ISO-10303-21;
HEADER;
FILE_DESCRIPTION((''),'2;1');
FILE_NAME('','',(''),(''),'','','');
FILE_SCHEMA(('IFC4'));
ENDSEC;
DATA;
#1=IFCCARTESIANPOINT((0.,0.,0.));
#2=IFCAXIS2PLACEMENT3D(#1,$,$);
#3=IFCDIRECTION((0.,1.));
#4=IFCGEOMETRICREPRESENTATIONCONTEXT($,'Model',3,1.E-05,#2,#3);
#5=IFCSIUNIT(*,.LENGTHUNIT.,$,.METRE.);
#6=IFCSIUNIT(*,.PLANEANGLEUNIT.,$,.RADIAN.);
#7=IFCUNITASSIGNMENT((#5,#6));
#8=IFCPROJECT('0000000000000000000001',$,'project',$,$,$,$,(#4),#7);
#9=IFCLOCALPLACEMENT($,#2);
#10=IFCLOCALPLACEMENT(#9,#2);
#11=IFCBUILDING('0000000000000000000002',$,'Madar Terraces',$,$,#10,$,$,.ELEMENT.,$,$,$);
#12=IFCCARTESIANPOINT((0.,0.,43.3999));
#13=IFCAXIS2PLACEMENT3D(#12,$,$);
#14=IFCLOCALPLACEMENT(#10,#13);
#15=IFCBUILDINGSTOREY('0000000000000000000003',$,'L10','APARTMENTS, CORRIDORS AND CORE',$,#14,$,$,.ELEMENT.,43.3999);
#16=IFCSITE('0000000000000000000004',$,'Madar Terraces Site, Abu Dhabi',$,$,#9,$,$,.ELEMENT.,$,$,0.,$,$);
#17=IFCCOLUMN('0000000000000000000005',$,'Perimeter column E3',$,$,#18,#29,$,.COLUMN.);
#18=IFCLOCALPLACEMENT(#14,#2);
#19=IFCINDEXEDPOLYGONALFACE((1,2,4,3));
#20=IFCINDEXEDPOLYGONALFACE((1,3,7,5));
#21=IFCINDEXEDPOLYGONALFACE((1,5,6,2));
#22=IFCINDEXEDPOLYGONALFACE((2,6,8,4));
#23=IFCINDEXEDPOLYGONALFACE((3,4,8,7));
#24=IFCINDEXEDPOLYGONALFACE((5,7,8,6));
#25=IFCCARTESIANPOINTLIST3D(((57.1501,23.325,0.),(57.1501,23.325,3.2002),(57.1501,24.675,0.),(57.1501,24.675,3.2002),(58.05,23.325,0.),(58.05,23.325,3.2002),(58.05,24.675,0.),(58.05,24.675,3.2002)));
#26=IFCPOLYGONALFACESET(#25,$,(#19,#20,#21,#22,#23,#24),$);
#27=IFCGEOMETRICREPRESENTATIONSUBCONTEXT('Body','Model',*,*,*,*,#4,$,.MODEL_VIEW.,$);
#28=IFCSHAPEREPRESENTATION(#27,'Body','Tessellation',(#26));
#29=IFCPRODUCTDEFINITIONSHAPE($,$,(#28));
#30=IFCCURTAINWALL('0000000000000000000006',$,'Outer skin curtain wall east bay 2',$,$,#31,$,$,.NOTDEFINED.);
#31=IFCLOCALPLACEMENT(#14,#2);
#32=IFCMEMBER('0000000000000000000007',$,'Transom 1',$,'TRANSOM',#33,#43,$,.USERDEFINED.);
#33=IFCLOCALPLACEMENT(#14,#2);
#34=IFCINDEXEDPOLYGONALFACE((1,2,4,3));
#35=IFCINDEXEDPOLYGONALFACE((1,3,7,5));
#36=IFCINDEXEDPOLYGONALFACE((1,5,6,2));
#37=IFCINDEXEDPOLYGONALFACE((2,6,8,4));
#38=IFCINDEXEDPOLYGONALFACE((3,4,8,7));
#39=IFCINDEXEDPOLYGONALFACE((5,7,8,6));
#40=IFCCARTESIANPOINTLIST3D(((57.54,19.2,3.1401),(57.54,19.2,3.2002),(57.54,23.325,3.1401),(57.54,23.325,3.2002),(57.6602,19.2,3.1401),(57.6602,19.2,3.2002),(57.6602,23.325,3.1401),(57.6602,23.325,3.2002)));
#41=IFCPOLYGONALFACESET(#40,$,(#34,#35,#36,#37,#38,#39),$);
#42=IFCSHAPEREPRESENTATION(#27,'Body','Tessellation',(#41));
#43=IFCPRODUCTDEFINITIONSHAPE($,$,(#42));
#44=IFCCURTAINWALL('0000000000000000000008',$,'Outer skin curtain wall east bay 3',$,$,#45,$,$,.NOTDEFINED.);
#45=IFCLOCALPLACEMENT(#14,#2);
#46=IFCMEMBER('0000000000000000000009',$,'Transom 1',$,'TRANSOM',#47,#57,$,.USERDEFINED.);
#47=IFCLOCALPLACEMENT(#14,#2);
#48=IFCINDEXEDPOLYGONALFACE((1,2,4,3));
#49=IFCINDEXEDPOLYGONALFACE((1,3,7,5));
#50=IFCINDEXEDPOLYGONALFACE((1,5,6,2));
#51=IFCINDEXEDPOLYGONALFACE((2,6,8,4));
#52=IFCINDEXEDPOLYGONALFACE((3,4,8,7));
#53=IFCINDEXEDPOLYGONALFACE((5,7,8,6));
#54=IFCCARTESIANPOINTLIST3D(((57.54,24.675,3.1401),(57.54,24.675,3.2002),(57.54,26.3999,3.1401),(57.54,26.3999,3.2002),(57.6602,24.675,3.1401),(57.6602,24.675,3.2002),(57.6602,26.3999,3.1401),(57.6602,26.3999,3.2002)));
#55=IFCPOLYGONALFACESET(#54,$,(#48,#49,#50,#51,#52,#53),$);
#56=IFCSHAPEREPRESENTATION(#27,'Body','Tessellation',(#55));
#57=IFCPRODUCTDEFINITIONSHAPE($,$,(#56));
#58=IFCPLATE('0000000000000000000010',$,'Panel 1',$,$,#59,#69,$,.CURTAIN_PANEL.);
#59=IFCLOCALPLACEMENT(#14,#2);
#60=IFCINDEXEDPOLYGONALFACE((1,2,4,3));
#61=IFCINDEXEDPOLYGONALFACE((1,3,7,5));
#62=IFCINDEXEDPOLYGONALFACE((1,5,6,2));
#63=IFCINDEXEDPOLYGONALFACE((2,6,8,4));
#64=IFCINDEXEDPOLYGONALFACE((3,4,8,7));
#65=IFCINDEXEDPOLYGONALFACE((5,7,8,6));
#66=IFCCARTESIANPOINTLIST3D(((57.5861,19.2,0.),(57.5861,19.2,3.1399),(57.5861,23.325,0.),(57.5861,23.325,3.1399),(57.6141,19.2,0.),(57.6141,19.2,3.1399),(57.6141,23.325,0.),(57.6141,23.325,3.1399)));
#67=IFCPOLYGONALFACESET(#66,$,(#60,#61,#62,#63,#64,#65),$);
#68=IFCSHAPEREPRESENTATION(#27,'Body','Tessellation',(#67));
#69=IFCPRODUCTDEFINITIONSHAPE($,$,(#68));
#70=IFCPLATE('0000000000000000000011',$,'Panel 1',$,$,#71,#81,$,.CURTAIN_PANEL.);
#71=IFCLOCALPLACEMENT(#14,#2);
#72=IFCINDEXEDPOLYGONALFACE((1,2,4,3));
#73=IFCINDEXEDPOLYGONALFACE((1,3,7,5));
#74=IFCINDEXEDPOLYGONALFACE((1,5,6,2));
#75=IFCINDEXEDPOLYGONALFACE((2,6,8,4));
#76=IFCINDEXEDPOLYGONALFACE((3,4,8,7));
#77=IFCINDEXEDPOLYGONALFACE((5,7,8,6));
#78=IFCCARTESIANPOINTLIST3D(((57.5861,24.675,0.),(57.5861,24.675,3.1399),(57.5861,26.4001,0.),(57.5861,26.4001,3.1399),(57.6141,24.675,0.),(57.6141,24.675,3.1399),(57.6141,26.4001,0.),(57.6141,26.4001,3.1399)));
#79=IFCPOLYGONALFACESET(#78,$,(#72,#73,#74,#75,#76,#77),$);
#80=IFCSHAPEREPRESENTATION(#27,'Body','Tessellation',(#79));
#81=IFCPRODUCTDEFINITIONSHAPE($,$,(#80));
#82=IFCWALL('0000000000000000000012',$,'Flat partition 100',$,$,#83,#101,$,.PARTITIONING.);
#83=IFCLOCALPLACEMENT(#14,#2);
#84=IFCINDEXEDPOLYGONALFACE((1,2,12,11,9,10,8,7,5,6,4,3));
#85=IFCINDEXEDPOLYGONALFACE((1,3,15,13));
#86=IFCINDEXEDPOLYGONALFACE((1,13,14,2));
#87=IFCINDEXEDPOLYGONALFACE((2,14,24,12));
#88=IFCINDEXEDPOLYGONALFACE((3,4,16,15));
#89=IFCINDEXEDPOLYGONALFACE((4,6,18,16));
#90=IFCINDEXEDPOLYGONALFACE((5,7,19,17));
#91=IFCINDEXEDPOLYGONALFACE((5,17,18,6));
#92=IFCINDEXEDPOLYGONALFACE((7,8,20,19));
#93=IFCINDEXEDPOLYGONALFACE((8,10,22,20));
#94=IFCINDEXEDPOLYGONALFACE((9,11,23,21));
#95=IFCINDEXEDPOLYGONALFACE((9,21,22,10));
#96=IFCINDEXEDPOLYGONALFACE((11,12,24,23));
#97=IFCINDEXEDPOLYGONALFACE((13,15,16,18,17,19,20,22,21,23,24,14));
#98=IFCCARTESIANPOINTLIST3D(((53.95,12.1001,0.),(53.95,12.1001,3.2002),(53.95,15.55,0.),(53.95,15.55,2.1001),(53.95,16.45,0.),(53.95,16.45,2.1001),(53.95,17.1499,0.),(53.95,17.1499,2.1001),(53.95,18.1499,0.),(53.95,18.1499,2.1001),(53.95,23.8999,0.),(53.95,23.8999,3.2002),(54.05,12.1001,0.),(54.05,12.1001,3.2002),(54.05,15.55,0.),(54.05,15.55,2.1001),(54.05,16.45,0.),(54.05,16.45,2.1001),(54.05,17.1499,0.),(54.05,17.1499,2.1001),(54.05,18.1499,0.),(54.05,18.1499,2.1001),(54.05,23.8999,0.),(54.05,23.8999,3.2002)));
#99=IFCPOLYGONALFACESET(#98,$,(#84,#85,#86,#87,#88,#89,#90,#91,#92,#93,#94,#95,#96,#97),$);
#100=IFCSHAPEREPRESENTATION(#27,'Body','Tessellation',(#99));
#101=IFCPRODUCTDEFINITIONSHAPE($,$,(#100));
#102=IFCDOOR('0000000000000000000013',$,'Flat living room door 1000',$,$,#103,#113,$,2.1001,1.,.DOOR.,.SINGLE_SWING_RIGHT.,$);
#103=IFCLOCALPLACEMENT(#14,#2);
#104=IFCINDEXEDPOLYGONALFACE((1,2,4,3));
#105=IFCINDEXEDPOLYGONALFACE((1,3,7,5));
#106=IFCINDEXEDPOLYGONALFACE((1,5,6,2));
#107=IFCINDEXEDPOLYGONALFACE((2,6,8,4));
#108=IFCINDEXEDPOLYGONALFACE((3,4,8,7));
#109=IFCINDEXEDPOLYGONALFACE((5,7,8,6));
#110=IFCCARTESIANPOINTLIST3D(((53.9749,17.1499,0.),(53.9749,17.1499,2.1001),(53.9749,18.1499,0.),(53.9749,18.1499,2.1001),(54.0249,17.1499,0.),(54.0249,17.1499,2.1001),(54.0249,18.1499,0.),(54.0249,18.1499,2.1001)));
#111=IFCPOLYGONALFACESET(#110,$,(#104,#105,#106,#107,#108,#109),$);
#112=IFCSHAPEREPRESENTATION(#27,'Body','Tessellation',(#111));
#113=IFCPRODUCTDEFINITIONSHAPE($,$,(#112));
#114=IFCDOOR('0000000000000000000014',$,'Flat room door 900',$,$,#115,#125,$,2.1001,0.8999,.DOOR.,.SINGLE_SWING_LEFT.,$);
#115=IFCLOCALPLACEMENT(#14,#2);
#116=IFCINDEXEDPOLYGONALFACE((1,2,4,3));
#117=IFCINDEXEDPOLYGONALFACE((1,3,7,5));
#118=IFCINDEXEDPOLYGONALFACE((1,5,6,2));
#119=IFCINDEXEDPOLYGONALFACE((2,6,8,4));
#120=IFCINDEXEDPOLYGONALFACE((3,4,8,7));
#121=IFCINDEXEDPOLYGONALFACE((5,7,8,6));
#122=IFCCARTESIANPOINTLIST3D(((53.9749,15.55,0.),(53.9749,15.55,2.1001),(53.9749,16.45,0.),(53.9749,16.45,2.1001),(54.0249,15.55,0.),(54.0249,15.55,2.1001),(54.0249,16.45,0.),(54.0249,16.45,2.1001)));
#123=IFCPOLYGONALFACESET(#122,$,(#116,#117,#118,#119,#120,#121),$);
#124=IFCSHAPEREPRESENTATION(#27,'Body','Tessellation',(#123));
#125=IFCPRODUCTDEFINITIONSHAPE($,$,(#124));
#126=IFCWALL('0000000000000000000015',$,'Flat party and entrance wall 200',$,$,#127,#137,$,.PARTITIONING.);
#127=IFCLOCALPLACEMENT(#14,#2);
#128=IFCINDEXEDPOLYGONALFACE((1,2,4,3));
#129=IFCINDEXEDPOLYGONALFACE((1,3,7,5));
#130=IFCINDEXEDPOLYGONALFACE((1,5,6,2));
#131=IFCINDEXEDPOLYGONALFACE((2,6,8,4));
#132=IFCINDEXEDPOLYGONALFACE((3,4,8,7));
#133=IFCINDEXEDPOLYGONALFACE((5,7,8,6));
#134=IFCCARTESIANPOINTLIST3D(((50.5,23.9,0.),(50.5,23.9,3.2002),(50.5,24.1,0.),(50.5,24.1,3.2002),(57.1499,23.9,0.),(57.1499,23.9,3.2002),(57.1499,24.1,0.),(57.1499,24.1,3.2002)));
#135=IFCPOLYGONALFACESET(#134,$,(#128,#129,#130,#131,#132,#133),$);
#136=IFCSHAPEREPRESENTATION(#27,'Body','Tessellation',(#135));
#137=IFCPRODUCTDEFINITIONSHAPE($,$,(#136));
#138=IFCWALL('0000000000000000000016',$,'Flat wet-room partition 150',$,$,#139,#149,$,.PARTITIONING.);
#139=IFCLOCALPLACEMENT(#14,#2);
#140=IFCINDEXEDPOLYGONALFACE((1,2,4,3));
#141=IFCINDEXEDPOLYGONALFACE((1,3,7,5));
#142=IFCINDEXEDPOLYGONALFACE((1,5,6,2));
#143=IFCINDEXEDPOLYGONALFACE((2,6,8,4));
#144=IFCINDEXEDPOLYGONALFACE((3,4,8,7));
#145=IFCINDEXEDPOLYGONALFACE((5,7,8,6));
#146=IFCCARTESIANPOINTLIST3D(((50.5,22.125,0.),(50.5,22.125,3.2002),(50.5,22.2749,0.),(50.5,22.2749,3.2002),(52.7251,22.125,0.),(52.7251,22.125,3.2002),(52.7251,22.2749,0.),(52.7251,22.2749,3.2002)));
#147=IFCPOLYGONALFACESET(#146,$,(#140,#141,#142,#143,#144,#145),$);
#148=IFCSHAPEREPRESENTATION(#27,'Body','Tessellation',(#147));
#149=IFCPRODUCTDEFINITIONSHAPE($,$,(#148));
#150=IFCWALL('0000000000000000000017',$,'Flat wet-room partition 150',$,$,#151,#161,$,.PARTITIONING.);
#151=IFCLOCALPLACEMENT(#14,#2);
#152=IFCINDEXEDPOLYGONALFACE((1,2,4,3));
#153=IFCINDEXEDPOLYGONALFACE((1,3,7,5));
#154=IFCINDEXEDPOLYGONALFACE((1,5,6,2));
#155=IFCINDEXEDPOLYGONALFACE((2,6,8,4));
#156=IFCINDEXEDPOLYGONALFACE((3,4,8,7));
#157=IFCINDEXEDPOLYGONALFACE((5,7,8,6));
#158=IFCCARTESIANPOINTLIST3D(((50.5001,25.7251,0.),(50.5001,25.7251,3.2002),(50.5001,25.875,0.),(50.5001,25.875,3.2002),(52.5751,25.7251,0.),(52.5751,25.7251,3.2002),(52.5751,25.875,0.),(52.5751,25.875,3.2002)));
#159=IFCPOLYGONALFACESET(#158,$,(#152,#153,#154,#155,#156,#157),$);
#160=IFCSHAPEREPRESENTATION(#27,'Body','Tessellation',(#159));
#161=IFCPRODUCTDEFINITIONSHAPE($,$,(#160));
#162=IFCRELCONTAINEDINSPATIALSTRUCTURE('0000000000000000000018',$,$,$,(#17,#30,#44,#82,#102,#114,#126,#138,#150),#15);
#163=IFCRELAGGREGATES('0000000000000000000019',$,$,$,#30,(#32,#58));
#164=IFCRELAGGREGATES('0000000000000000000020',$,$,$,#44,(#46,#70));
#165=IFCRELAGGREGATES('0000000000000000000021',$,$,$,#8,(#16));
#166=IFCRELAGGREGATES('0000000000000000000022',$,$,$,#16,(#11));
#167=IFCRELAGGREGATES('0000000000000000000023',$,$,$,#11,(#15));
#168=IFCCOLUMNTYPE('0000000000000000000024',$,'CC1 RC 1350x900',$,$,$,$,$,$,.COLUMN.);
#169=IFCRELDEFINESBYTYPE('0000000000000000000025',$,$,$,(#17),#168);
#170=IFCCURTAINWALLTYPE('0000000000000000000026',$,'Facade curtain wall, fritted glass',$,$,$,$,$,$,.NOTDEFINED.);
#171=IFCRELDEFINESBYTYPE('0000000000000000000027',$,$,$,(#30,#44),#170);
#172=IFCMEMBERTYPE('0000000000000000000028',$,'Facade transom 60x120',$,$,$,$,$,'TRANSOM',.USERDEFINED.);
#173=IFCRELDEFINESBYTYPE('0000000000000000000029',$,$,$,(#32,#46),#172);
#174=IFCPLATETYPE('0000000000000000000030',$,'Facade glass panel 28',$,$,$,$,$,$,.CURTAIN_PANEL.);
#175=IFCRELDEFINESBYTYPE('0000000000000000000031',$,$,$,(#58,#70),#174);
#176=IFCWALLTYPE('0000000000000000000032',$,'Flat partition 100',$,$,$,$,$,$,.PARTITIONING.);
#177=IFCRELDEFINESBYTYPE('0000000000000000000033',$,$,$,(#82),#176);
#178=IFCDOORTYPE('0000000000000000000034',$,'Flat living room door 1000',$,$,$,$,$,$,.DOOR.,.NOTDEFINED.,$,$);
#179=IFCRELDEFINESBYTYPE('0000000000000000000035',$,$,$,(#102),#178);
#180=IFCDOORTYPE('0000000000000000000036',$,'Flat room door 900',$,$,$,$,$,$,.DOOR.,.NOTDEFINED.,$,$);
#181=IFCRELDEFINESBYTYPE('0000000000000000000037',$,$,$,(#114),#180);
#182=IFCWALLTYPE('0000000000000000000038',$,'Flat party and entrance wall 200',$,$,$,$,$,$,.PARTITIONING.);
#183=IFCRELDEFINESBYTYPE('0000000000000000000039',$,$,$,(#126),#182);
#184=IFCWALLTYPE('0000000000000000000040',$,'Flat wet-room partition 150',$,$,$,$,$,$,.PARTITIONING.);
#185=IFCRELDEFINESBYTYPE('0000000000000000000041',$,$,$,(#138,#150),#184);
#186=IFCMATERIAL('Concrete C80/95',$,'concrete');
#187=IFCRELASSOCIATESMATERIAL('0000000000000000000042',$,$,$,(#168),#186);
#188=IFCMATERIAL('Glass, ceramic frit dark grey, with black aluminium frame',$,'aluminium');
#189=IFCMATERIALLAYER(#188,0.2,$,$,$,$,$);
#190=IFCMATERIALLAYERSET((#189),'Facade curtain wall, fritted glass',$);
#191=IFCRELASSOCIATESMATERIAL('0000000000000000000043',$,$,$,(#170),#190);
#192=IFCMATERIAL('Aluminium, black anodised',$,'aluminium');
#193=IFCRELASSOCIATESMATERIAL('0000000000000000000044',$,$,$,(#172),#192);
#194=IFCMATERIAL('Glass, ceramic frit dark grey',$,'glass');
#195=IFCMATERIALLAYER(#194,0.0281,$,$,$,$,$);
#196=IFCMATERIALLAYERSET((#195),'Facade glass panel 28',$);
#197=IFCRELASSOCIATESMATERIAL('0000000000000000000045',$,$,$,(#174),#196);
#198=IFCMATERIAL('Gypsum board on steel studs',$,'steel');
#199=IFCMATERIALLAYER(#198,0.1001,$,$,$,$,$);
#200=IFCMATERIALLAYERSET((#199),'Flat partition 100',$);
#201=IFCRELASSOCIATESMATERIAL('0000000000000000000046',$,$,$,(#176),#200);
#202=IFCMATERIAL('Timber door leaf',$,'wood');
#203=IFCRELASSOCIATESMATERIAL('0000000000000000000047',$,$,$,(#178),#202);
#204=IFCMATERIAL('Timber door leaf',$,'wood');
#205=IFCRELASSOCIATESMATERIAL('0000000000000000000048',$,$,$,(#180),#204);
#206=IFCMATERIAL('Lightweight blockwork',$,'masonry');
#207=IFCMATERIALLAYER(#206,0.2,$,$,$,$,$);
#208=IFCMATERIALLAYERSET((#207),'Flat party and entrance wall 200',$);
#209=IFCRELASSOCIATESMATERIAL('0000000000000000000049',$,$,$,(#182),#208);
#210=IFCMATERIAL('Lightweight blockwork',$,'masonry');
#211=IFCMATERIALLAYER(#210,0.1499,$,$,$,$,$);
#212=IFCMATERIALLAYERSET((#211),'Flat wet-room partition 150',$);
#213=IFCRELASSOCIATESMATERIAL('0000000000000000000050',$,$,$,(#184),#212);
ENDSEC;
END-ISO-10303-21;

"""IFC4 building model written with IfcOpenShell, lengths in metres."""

from ifc_helpers import new_model, si_unit, direction, frame, frame_2d, origin, origin_2d, place, context, subcontext, project, spatial, rectangle, extrude, material, layer, layer_set, material_profile, profile_set, type_object, element, fill, aggregate, save


model = new_model("IFC4")

# Units and contexts
model_context = context("Model", 3, precision=1e-05, world=origin(), true_north=direction((0.0, 1.0)))
body_context = subcontext(model_context, "Body", "Model", "MODEL_VIEW")
ifc_project = project(units=[si_unit("LENGTHUNIT", "METRE"), si_unit("PLANEANGLEUNIT", "RADIAN")], contexts=[model_context])

# Site, building, storey
site_placement = place(None, origin())
site = spatial("IfcSite", under=ifc_project, at=site_placement, Name="Madar Terraces Site, Abu Dhabi", CompositionType="ELEMENT", RefElevation=0.0)
building_placement = place(site_placement, origin())
building = spatial("IfcBuilding", under=site, at=building_placement, Name="Madar Terraces", CompositionType="ELEMENT")
storey_placement = place(building_placement, frame((0.0, 0.0, 43.3999)))
storey = spatial("IfcBuildingStorey", under=building, at=storey_placement, Name="L10", Description="APARTMENTS, CORRIDORS AND CORE", CompositionType="ELEMENT", Elevation=43.3999)

# Column
ifc_material_1 = material(Name="Concrete C80/95", Category="concrete")
ifc_material_profile_1 = material_profile(ifc_material_1, rectangle(XDim=1.3501, YDim=0.8999, at=origin_2d()), Name="CC1 RC 1350x900")
ifc_profile_set_1 = profile_set([ifc_material_profile_1], Name="Concrete C80/95")
column_type = type_object("IfcColumnType", Name="CC1 RC 1350x900", PredefinedType="COLUMN", material=ifc_profile_set_1)
column_placement = place(storey_placement, frame((57.6001, 24.0, 0.0), z_axis=(0.0, 0.0, 1.0), x_axis=(0.0, 1.0, 0.0)))
element("IfcColumn", 1, at=column_placement, inside=storey, type_object=column_type, Name="Perimeter column E3", PredefinedType="COLUMN", context=body_context, shape_type="SweptSolid", body=[
    extrude(rectangle(XDim=1.3501, YDim=0.8999, at=origin_2d()), origin(), (0.0, 0.0, 1.0), 3.2002),
])

# Curtain walls, members
ifc_material_2 = material(Name="Glass, ceramic frit dark grey, with black aluminium frame", Category="aluminium")
ifc_layer_1 = layer(ifc_material_2, 0.2)
ifc_layer_set_1 = layer_set([ifc_layer_1], Name="Facade curtain wall, fritted glass")
curtain_wall_type = type_object("IfcCurtainWallType", Name="Facade curtain wall, fritted glass", PredefinedType="NOTDEFINED", material=ifc_layer_set_1)
curtain_wall_1_placement = place(storey_placement, origin())
curtain_wall_1 = element("IfcCurtainWall", 2, at=curtain_wall_1_placement, inside=storey, type_object=curtain_wall_type, Name="Outer skin curtain wall east bay 2", PredefinedType="NOTDEFINED")
ifc_material_3 = material(Name="Aluminium, black anodised", Category="aluminium")
ifc_material_profile_2 = material_profile(ifc_material_3, rectangle(XDim=0.1201, YDim=0.0601, at=origin_2d()), Name="Facade transom 60x120")
ifc_profile_set_2 = profile_set([ifc_material_profile_2], Name="Aluminium, black anodised")
member_type = type_object("IfcMemberType", Name="Facade transom 60x120", ElementType="TRANSOM", PredefinedType="USERDEFINED", material=ifc_profile_set_2)
member_1_placement = place(storey_placement, frame((57.6001, 19.2, 3.1702), z_axis=(0.0, 1.0, 0.0), x_axis=(-1.0, 0.0, 0.0)))
member_1 = element("IfcMember", 3, at=member_1_placement, type_object=member_type, Name="Transom 1", ObjectType="TRANSOM", PredefinedType="USERDEFINED", context=body_context, shape_type="SweptSolid", body=[
    extrude(rectangle(XDim=0.1201, YDim=0.0601, at=origin_2d()), origin(), (0.0, 0.0, 1.0), 4.125),
])
curtain_wall_2_placement = place(storey_placement, origin())
curtain_wall_2 = element("IfcCurtainWall", 4, at=curtain_wall_2_placement, inside=storey, type_object=curtain_wall_type, Name="Outer skin curtain wall east bay 3", PredefinedType="NOTDEFINED")
member_2_placement = place(storey_placement, frame((57.6001, 24.675, 3.1702), z_axis=(0.0, 1.0, 0.0), x_axis=(-1.0, 0.0, 0.0)))
member_2 = element("IfcMember", 5, at=member_2_placement, type_object=member_type, Name="Transom 1", ObjectType="TRANSOM", PredefinedType="USERDEFINED", context=body_context, shape_type="SweptSolid", body=[
    extrude(rectangle(XDim=0.1201, YDim=0.0601, at=origin_2d()), origin(), (0.0, 0.0, 1.0), 1.7249),
])

# Plates
ifc_material_4 = material(Name="Glass, ceramic frit dark grey", Category="glass")
ifc_layer_2 = layer(ifc_material_4, 0.0281)
ifc_layer_set_2 = layer_set([ifc_layer_2], Name="Facade glass panel 28")
plate_type = type_object("IfcPlateType", Name="Facade glass panel 28", PredefinedType="CURTAIN_PANEL", material=ifc_layer_set_2)
plate_1_placement = place(storey_placement, frame((57.6001, 21.2625, 0.0), z_axis=(0.0, 0.0, 1.0), x_axis=(0.0, 1.0, 0.0)))
plate_1 = element("IfcPlate", 6, at=plate_1_placement, type_object=plate_type, Name="Panel 1", PredefinedType="CURTAIN_PANEL", context=body_context, shape_type="SweptSolid", body=[
    extrude(rectangle(XDim=4.125, YDim=0.0281, at=origin_2d()), origin(), (0.0, 0.0, 1.0), 3.1399),
])
aggregate(curtain_wall_1, [member_1, plate_1])
plate_2_placement = place(storey_placement, frame((57.6001, 25.5376, 0.0), z_axis=(0.0, 0.0, 1.0), x_axis=(0.0, 1.0, 0.0)))
plate_2 = element("IfcPlate", 7, at=plate_2_placement, type_object=plate_type, Name="Panel 1", PredefinedType="CURTAIN_PANEL", context=body_context, shape_type="SweptSolid", body=[
    extrude(rectangle(XDim=1.7251, YDim=0.0281, at=origin_2d()), origin(), (0.0, 0.0, 1.0), 3.1399),
])
aggregate(curtain_wall_2, [member_2, plate_2])

# Wall, openings, doors
ifc_material_5 = material(Name="Gypsum board on steel studs", Category="steel")
ifc_layer_3 = layer(ifc_material_5, 0.1001)
ifc_layer_set_3 = layer_set([ifc_layer_3], Name="Flat partition 100")
wall_type_1 = type_object("IfcWallType", Name="Flat partition 100", PredefinedType="PARTITIONING", material=ifc_layer_set_3)
wall_1_placement = place(storey_placement, frame((54.0, 23.8999, 0.0), z_axis=(0.0, 0.0, 1.0), x_axis=(0.0, -1.0, 0.0)))
wall_1 = element("IfcWall", 8, at=wall_1_placement, inside=storey, type_object=wall_type_1, Name="Flat partition 100", PredefinedType="PARTITIONING", context=body_context, shape_type="SweptSolid", body=[
    extrude(rectangle(XDim=11.7998, YDim=0.1001, at=frame_2d((5.8999, 0.0))), origin(), (0.0, 0.0, 1.0), 3.2002),
])
opening_1_placement = place(wall_1_placement, frame((5.75, 0.0, 0.0)))
opening_1 = element("IfcOpeningElement", 9, at=opening_1_placement, cuts=wall_1, PredefinedType="OPENING", context=body_context, shape_type="SweptSolid", body=[
    extrude(rectangle(XDim=1.0, YDim=2.1001, at=frame_2d((0.5, 1.05))), frame((0.0, 0.0601, 0.0), z_axis=(0.0, -1.0, 0.0), x_axis=(1.0, 0.0, 0.0)), (0.0, 0.0, 1.0), 0.1201),
])
opening_2_placement = place(wall_1_placement, frame((7.45, 0.0, 0.0)))
opening_2 = element("IfcOpeningElement", 10, at=opening_2_placement, cuts=wall_1, PredefinedType="OPENING", context=body_context, shape_type="SweptSolid", body=[
    extrude(rectangle(XDim=0.8999, YDim=2.1001, at=frame_2d((0.45, 1.05))), frame((0.0, 0.0601, 0.0), z_axis=(0.0, -1.0, 0.0), x_axis=(1.0, 0.0, 0.0)), (0.0, 0.0, 1.0), 0.1201),
])
ifc_material_6 = material(Name="Timber door leaf", Category="wood")
door_type_1 = type_object("IfcDoorType", Name="Flat living room door 1000", OperationType="NOTDEFINED", PredefinedType="DOOR", material=ifc_material_6)
door_1_placement = place(opening_1_placement, origin())
door_1 = element("IfcDoor", 11, at=door_1_placement, inside=storey, type_object=door_type_1, Name="Flat living room door 1000", OperationType="SINGLE_SWING_RIGHT", OverallHeight=2.1001, OverallWidth=1.0, PredefinedType="DOOR", context=body_context, shape_type="SweptSolid", body=[
    extrude(rectangle(XDim=1.0, YDim=2.1001, at=frame_2d((0.5, 1.05))), frame((0.0, 0.0249, 0.0), z_axis=(0.0, -1.0, 0.0), x_axis=(1.0, 0.0, 0.0)), (0.0, 0.0, 1.0), 0.05),
])
fill(opening_1, door_1)
ifc_material_7 = material(Name="Timber door leaf", Category="wood")
door_type_2 = type_object("IfcDoorType", Name="Flat room door 900", OperationType="NOTDEFINED", PredefinedType="DOOR", material=ifc_material_7)
door_2_placement = place(opening_2_placement, origin())
door_2 = element("IfcDoor", 12, at=door_2_placement, inside=storey, type_object=door_type_2, Name="Flat room door 900", OperationType="SINGLE_SWING_LEFT", OverallHeight=2.1001, OverallWidth=0.8999, PredefinedType="DOOR", context=body_context, shape_type="SweptSolid", body=[
    extrude(rectangle(XDim=0.8999, YDim=2.1001, at=frame_2d((0.45, 1.05))), frame((0.0, 0.0249, 0.0), z_axis=(0.0, -1.0, 0.0), x_axis=(1.0, 0.0, 0.0)), (0.0, 0.0, 1.0), 0.05),
])
fill(opening_2, door_2)

# Walls
ifc_material_8 = material(Name="Lightweight blockwork", Category="masonry")
ifc_layer_4 = layer(ifc_material_8, 0.2)
ifc_layer_set_4 = layer_set([ifc_layer_4], Name="Flat party and entrance wall 200")
wall_type_2 = type_object("IfcWallType", Name="Flat party and entrance wall 200", PredefinedType="PARTITIONING", material=ifc_layer_set_4)
wall_2_placement = place(storey_placement, frame((50.5, 24.0, 0.0), z_axis=(0.0, 0.0, 1.0), x_axis=(1.0, 0.0, 0.0)))
element("IfcWall", 13, at=wall_2_placement, inside=storey, type_object=wall_type_2, Name="Flat party and entrance wall 200", PredefinedType="PARTITIONING", context=body_context, shape_type="SweptSolid", body=[
    extrude(rectangle(XDim=6.6499, YDim=0.2, at=frame_2d((3.325, 0.0))), origin(), (0.0, 0.0, 1.0), 3.2002),
])
ifc_material_9 = material(Name="Lightweight blockwork", Category="masonry")
ifc_layer_5 = layer(ifc_material_9, 0.1499)
ifc_layer_set_5 = layer_set([ifc_layer_5], Name="Flat wet-room partition 150")
wall_type_3 = type_object("IfcWallType", Name="Flat wet-room partition 150", PredefinedType="PARTITIONING", material=ifc_layer_set_5)
wall_3_placement = place(storey_placement, frame((50.5, 22.2, 0.0), z_axis=(0.0, 0.0, 1.0), x_axis=(1.0, 0.0, 0.0)))
element("IfcWall", 14, at=wall_3_placement, inside=storey, type_object=wall_type_3, Name="Flat wet-room partition 150", PredefinedType="PARTITIONING", context=body_context, shape_type="SweptSolid", body=[
    extrude(rectangle(XDim=2.2251, YDim=0.1499, at=frame_2d((1.1125, 0.0))), origin(), (0.0, 0.0, 1.0), 3.2002),
])
wall_4_placement = place(storey_placement, frame((50.5, 25.8, 0.0), z_axis=(0.0, 0.0, 1.0), x_axis=(1.0, 0.0, 0.0)))
element("IfcWall", 15, at=wall_4_placement, inside=storey, type_object=wall_type_3, Name="Flat wet-room partition 150", PredefinedType="PARTITIONING", context=body_context, shape_type="SweptSolid", body=[
    extrude(rectangle(XDim=2.075, YDim=0.1499, at=frame_2d((1.0376, 0.0))), origin(), (0.0, 0.0, 1.0), 3.2002),
])

save(model, "model.ifc")
